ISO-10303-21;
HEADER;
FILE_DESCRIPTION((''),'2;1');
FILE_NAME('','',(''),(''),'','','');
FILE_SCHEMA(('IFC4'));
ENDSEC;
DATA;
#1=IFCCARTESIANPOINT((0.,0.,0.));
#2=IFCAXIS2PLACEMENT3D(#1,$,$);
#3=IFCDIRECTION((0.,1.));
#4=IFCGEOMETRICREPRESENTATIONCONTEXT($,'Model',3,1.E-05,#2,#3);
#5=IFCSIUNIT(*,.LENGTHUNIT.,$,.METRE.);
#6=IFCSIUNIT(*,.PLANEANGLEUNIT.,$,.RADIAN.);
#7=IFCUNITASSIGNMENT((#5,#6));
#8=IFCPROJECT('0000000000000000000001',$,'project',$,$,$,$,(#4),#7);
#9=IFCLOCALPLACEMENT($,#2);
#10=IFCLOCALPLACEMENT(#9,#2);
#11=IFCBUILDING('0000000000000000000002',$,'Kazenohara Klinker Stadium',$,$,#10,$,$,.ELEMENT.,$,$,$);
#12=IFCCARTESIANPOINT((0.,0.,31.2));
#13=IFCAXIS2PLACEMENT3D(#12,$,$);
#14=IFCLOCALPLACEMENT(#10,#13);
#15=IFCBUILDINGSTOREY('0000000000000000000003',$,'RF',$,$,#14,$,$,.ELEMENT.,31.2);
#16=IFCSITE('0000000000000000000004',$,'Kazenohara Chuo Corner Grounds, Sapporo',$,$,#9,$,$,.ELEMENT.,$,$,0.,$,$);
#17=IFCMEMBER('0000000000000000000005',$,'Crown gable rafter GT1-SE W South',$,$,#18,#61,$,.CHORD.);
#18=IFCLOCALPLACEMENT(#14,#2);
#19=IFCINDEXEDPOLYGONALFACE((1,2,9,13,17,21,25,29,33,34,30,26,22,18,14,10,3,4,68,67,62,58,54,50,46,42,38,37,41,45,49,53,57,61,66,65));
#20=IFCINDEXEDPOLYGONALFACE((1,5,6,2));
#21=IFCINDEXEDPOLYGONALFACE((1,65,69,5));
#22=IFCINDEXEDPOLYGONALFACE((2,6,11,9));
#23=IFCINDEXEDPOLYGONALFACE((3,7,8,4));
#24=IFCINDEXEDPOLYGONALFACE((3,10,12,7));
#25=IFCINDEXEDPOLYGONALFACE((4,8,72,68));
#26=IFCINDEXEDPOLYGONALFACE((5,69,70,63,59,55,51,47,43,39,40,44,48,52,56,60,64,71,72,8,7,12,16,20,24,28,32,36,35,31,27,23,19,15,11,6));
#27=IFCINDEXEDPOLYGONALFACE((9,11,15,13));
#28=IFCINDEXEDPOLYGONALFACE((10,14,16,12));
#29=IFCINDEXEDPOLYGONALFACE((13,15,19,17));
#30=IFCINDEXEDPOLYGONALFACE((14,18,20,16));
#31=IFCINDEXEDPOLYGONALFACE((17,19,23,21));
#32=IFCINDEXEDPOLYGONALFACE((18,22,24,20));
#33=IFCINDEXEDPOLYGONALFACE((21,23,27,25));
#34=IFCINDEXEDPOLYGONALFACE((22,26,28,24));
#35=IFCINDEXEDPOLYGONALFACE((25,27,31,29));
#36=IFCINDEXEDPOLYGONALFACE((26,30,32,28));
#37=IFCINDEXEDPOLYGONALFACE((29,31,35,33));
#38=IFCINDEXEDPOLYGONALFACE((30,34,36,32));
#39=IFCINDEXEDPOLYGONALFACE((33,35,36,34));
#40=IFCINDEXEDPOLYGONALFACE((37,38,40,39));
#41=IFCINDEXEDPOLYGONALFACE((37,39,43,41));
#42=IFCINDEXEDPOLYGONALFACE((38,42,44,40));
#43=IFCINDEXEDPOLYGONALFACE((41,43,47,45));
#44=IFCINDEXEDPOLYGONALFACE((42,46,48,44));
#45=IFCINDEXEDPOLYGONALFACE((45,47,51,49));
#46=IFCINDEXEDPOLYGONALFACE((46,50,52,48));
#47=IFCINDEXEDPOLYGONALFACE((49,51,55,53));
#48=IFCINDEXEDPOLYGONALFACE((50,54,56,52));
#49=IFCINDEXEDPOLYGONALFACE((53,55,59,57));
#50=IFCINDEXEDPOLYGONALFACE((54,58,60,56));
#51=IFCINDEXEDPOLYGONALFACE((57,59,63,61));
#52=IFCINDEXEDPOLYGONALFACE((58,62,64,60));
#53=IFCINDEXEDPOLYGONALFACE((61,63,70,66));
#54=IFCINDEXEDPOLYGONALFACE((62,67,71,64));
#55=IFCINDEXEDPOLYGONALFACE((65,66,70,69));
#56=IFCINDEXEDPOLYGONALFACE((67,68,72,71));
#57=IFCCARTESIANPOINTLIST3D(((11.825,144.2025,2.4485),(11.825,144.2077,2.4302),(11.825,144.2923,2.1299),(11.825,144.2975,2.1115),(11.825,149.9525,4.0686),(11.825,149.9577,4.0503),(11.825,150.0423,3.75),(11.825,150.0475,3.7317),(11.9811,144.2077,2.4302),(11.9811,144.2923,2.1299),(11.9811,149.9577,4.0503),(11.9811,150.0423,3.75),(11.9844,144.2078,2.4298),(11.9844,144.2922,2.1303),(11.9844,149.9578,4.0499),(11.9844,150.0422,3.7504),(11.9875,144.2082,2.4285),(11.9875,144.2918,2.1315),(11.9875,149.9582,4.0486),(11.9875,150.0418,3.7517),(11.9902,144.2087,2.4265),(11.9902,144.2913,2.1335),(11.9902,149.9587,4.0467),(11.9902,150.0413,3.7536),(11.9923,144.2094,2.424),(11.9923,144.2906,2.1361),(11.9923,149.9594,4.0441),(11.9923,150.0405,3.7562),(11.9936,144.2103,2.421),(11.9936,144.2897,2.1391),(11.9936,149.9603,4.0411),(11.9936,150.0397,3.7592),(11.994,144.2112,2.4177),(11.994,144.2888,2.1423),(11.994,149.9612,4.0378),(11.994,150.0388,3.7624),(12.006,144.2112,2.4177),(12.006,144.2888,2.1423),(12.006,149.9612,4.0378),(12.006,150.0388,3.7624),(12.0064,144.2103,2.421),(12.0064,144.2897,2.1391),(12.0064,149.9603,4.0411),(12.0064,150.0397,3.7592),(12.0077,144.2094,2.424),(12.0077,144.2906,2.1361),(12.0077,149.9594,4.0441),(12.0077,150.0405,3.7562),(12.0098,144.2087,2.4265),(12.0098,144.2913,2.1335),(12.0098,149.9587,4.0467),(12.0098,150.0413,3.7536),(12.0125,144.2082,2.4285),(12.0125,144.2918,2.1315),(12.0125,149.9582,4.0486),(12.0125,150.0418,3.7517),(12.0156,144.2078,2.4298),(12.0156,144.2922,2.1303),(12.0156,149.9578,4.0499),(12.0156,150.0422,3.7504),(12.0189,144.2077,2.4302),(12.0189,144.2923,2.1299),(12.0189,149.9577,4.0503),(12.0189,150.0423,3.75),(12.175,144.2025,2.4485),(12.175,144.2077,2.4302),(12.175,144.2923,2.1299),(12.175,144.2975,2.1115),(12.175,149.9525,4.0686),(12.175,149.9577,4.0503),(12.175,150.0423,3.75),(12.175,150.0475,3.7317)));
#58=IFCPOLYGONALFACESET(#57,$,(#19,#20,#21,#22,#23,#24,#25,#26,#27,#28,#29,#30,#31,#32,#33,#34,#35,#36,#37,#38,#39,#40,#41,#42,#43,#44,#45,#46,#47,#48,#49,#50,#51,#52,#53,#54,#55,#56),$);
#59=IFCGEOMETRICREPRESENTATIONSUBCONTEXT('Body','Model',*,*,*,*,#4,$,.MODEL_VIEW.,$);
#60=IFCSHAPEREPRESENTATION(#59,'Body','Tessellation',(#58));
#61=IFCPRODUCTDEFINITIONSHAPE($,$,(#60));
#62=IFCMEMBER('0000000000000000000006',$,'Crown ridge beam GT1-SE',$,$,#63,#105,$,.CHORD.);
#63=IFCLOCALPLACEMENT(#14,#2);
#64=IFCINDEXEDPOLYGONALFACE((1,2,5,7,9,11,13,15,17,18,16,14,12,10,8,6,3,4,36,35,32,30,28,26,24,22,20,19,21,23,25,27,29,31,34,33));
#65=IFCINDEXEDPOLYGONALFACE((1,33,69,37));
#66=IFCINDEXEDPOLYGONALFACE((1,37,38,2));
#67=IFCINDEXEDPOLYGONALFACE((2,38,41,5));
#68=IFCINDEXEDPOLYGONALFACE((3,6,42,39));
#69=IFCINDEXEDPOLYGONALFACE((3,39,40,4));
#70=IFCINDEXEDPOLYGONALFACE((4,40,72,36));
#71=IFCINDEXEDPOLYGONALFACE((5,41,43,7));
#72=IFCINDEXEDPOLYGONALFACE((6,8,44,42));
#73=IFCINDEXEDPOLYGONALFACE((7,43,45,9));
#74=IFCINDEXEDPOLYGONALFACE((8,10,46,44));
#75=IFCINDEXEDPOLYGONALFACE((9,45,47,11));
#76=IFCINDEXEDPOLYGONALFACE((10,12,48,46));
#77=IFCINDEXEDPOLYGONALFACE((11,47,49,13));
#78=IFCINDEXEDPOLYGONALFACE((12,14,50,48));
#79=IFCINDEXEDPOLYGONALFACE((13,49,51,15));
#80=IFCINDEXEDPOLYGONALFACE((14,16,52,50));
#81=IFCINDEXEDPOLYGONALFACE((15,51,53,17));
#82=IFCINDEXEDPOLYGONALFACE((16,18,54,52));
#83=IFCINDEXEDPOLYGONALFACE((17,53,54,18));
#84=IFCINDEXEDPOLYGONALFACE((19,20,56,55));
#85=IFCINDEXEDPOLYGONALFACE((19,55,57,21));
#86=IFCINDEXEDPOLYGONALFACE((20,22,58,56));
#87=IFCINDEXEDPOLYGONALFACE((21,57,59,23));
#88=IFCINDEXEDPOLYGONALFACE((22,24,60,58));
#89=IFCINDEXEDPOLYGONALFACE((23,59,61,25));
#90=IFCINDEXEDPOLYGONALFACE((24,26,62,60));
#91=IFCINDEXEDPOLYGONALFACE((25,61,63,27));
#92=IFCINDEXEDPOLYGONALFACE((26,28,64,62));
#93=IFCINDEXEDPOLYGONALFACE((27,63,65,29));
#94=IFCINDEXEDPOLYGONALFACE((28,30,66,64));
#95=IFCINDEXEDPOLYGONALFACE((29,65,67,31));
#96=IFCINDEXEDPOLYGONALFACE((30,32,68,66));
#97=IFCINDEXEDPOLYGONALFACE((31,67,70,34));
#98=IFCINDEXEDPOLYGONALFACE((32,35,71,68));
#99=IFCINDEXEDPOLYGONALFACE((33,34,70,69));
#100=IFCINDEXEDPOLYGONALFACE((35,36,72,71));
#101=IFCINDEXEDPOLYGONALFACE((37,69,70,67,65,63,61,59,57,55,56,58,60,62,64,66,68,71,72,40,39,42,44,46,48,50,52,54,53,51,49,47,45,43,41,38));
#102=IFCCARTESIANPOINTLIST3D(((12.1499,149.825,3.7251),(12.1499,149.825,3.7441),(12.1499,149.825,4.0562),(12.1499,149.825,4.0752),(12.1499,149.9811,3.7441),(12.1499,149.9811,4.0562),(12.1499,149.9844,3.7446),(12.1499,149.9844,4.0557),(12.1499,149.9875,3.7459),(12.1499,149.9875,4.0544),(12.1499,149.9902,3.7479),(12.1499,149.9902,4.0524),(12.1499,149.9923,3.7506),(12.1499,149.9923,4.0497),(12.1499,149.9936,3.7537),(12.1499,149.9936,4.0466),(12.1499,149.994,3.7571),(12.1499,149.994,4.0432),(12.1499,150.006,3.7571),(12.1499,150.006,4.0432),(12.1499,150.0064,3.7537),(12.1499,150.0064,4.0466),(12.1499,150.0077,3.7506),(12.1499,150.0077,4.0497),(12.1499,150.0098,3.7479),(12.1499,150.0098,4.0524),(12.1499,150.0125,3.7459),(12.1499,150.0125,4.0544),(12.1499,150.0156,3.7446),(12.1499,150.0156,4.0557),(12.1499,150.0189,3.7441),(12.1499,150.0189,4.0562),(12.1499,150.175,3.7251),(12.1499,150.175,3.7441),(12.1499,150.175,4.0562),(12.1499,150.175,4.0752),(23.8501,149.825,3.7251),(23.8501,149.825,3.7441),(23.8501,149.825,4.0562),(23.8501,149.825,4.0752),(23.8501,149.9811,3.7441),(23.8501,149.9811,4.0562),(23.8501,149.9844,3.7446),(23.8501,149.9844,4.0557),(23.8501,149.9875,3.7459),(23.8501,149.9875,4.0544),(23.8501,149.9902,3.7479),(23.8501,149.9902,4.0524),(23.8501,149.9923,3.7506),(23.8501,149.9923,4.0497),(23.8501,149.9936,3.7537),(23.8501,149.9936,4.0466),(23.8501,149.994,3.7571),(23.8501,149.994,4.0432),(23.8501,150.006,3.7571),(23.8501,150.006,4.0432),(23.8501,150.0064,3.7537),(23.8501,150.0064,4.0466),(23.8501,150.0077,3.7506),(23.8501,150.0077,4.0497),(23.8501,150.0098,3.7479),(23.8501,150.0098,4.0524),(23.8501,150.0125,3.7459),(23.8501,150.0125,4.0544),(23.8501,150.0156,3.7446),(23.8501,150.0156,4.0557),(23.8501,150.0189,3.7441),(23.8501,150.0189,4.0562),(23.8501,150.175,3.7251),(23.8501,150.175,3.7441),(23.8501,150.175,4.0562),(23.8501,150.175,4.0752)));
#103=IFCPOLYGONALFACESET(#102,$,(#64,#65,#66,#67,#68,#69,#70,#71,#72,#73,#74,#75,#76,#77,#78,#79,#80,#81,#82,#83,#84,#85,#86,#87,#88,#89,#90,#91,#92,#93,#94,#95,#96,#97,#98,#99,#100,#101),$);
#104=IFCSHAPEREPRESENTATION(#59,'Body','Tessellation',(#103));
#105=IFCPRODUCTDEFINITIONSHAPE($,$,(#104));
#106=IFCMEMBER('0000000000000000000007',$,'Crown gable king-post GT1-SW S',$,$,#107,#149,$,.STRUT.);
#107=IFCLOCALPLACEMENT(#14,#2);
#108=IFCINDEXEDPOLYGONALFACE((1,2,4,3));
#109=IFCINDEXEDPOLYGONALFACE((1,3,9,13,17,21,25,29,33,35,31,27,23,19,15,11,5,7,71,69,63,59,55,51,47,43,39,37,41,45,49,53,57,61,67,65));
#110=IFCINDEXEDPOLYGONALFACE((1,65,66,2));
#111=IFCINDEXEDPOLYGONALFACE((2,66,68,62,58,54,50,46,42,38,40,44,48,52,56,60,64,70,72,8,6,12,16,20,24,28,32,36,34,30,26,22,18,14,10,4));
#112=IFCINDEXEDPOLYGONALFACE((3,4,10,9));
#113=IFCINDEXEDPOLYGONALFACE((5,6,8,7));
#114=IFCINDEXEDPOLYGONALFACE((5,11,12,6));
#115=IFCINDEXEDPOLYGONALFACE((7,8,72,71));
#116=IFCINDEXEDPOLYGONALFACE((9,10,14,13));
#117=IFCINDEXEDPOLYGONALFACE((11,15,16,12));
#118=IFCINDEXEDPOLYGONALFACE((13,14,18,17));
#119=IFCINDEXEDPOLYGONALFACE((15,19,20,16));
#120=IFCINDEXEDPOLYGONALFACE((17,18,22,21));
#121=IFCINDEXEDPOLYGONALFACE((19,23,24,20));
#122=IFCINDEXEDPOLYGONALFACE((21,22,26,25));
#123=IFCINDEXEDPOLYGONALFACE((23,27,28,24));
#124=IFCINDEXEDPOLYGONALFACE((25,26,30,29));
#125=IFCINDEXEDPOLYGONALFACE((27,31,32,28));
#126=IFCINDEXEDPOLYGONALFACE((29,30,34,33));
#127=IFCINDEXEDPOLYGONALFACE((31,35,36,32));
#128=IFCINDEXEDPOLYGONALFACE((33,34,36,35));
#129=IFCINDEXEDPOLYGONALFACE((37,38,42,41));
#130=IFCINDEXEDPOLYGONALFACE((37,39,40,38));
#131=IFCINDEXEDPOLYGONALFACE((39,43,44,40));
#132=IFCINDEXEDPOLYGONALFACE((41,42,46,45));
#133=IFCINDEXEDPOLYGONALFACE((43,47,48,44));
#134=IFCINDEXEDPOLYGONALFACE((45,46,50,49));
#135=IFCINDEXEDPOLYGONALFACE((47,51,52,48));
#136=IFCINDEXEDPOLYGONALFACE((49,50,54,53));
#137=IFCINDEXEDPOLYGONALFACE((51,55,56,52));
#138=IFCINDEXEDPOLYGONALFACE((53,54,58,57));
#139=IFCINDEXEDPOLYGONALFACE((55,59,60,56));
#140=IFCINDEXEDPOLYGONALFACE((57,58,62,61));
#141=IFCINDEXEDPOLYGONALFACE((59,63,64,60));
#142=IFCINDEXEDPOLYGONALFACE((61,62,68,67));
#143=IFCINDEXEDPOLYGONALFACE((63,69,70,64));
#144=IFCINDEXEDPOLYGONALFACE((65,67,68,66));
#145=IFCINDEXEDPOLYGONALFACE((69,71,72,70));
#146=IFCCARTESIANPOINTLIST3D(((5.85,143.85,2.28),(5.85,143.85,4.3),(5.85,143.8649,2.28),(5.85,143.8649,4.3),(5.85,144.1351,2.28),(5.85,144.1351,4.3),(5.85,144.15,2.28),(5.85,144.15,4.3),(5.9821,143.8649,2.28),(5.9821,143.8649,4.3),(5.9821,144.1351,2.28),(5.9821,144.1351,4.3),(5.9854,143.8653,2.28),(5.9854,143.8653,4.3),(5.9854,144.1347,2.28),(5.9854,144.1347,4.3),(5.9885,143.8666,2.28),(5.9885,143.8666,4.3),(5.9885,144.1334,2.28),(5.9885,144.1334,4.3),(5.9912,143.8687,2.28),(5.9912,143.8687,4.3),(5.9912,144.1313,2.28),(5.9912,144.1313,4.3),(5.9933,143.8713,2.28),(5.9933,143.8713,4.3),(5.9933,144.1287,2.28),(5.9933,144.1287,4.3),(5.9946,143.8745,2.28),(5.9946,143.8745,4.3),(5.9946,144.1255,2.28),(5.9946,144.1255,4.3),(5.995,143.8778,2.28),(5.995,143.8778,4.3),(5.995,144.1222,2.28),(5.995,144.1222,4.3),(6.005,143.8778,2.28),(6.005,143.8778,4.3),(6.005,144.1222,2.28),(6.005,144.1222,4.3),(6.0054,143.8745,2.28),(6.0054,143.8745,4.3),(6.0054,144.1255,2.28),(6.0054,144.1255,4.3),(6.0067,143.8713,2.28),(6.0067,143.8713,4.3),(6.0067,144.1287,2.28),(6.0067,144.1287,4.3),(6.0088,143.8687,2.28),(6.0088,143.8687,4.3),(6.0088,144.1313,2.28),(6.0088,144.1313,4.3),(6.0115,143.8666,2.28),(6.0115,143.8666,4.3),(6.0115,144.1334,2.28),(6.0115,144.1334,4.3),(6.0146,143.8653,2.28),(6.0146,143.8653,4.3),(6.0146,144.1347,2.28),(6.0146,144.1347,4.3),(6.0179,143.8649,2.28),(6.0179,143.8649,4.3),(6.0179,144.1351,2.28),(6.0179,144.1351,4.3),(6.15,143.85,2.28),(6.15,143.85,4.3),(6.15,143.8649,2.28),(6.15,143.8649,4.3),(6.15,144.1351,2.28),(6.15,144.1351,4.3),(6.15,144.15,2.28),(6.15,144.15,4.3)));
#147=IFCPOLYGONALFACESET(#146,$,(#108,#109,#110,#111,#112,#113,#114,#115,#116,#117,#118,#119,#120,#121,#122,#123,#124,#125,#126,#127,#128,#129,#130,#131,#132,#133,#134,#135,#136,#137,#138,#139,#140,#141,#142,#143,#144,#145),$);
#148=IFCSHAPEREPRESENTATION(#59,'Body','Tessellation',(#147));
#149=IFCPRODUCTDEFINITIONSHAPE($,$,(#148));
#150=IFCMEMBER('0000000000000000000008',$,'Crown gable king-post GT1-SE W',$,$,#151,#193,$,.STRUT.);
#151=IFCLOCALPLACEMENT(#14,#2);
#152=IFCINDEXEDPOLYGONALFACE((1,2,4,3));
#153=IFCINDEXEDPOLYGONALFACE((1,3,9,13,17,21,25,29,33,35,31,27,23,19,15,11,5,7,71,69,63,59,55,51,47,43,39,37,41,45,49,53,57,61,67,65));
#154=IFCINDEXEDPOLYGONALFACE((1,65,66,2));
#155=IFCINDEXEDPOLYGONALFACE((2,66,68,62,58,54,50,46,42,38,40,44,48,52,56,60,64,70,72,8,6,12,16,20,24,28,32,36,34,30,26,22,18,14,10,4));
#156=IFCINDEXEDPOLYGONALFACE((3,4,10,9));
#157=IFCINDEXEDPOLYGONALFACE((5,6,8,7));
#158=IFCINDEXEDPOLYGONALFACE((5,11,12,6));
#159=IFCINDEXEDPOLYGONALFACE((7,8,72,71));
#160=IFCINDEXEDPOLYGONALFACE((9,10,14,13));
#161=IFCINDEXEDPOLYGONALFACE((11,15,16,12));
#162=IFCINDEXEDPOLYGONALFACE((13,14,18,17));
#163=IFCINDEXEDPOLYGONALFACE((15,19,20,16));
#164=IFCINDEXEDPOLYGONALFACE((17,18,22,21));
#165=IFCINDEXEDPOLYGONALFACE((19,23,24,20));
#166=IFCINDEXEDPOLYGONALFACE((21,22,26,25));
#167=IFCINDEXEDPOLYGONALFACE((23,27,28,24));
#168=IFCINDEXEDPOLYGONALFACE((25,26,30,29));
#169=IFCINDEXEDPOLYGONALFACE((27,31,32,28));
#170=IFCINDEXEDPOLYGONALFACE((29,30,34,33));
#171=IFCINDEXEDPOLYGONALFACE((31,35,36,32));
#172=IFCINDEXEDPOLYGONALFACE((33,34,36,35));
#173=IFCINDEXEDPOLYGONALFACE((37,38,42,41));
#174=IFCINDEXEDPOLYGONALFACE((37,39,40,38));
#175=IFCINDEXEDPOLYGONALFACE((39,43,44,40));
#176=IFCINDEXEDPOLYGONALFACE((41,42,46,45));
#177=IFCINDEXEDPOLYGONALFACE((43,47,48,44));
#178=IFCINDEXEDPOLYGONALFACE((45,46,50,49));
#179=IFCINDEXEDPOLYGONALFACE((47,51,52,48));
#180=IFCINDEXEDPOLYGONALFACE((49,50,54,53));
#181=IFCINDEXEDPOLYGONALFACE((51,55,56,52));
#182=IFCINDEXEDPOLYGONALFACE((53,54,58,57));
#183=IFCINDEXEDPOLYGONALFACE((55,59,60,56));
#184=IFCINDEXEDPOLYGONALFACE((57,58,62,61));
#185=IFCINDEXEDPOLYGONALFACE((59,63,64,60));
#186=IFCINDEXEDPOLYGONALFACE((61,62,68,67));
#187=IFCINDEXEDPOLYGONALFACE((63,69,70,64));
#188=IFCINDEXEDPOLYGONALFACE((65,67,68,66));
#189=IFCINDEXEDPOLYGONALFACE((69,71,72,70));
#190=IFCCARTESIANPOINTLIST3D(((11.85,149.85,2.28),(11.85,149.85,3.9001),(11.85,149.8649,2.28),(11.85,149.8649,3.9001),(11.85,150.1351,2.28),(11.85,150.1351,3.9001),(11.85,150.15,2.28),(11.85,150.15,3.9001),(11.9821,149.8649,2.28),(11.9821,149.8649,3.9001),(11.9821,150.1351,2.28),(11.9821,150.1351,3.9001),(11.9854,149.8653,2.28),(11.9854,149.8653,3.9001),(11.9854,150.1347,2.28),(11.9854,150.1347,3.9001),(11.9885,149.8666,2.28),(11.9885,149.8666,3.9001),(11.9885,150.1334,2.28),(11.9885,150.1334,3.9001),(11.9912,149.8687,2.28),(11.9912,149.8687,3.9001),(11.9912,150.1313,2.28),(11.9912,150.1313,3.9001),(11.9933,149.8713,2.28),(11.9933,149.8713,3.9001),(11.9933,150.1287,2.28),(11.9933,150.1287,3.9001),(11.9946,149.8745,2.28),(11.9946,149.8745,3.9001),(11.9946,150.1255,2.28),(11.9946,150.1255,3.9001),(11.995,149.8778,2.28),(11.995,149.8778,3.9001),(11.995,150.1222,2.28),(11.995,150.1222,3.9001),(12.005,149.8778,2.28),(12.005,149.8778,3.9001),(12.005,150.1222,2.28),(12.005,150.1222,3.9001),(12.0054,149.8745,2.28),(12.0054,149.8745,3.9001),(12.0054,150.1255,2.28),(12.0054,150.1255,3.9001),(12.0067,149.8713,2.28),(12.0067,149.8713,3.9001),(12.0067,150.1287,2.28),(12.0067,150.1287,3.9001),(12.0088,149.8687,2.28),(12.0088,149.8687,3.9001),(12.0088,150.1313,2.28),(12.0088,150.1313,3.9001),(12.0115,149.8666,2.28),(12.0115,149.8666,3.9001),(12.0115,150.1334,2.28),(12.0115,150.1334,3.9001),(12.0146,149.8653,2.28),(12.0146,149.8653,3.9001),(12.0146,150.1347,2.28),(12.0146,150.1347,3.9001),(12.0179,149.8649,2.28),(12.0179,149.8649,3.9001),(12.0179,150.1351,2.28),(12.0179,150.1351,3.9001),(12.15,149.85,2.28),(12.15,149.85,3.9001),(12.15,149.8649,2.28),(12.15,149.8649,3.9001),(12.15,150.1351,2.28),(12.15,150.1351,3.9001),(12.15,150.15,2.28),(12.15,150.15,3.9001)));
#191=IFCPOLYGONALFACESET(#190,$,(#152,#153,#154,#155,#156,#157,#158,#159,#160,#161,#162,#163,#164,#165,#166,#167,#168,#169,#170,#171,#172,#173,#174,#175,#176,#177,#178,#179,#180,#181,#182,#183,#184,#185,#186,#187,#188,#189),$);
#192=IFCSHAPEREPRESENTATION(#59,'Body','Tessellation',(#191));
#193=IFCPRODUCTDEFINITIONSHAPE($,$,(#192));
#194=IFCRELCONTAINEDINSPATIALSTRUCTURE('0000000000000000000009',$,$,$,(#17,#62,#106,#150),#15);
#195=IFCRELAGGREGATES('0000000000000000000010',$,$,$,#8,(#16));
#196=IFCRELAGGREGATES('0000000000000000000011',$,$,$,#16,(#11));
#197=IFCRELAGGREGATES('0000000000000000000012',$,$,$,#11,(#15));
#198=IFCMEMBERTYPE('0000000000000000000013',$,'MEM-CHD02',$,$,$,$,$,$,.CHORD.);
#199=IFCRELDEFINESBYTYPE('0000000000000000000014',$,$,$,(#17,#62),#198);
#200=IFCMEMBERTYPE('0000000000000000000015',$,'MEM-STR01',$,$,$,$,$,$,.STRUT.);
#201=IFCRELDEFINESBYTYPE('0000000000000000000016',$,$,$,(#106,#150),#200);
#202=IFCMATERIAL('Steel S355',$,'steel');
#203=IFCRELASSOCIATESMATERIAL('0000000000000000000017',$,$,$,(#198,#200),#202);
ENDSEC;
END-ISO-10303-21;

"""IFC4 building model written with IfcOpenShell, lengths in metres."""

from ifc_helpers import new_model, si_unit, direction, frame, origin, origin_2d, place, context, subcontext, project, spatial, i_section, extrude, material, material_profile, profile_set, type_object, element, save


model = new_model("IFC4")

# Units and contexts
model_context = context("Model", 3, precision=1e-05, world=origin(), true_north=direction((0.0, 1.0)))
body_context = subcontext(model_context, "Body", "Model", "MODEL_VIEW")
ifc_project = project(units=[si_unit("LENGTHUNIT", "METRE"), si_unit("PLANEANGLEUNIT", "RADIAN")], contexts=[model_context])

# Site, building, storey
site_placement = place(None, origin())
site = spatial("IfcSite", under=ifc_project, at=site_placement, Name="Kazenohara Chuo Corner Grounds, Sapporo", CompositionType="ELEMENT", RefElevation=0.0)
building_placement = place(site_placement, origin())
building = spatial("IfcBuilding", under=site, at=building_placement, Name="Kazenohara Klinker Stadium", CompositionType="ELEMENT")
storey_placement = place(building_placement, frame((0.0, 0.0, 31.2)))
storey = spatial("IfcBuildingStorey", under=building, at=storey_placement, Name="RF", CompositionType="ELEMENT", Elevation=31.2)

# Members
ifc_material_1 = material(Name="Steel S355", Category="steel")
ifc_material_profile_1 = material_profile(ifc_material_1, i_section(OverallWidth=0.3501, OverallDepth=0.3501, WebThickness=0.012, FlangeThickness=0.019, FilletRadius=0.0129, at=origin_2d()), Name="H-350x350x12x19")
ifc_profile_set_1 = profile_set([ifc_material_profile_1], Name="Steel S355")
member_type_1 = type_object("IfcMemberType", Name="MEM-CHD02", PredefinedType="CHORD", material=ifc_profile_set_1)
member_1_placement = place(storey_placement, frame((12.0, 144.25, 2.28), z_axis=(0.0, 0.962523, 0.2712), x_axis=(-1.0, 0.0, 0.0)))
element("IfcMember", 1, at=member_1_placement, inside=storey, type_object=member_type_1, Name="Crown gable rafter GT1-SE W South", PredefinedType="CHORD", context=body_context, shape_type="SweptSolid", body=[
    extrude(i_section(OverallWidth=0.3501, OverallDepth=0.3501, WebThickness=0.012, FlangeThickness=0.019, FilletRadius=0.0129, at=origin_2d()), origin(), (0.0, 0.0, 1.0), 5.9739),
])
member_2_placement = place(storey_placement, frame((12.1499, 150.0, 3.9001), z_axis=(1.0, 0.0, 0.0), x_axis=(0.0, 1.0, 0.0)))
element("IfcMember", 2, at=member_2_placement, inside=storey, type_object=member_type_1, Name="Crown ridge beam GT1-SE", PredefinedType="CHORD", context=body_context, shape_type="SweptSolid", body=[
    extrude(i_section(OverallWidth=0.3501, OverallDepth=0.3501, WebThickness=0.012, FlangeThickness=0.019, FilletRadius=0.0129, at=origin_2d()), origin(), (0.0, 0.0, 1.0), 11.7002),
])
ifc_material_profile_2 = material_profile(ifc_material_1, i_section(OverallWidth=0.3, OverallDepth=0.3, WebThickness=0.01, FlangeThickness=0.0149, FilletRadius=0.0129, at=origin_2d()), Name="H-300x300x10x15")
ifc_profile_set_2 = profile_set([ifc_material_profile_2], Name="Steel S355")
member_type_2 = type_object("IfcMemberType", Name="MEM-STR01", PredefinedType="STRUT", material=ifc_profile_set_2)
member_3_placement = place(storey_placement, frame((6.0, 144.0, 2.28), z_axis=(0.0, 0.0, 1.0), x_axis=(1.0, 0.0, 0.0)))
element("IfcMember", 3, at=member_3_placement, inside=storey, type_object=member_type_2, Name="Crown gable king-post GT1-SW S", PredefinedType="STRUT", context=body_context, shape_type="SweptSolid", body=[
    extrude(i_section(OverallWidth=0.3, OverallDepth=0.3, WebThickness=0.01, FlangeThickness=0.0149, FilletRadius=0.0129, at=origin_2d()), origin(), (0.0, 0.0, 1.0), 2.02),
])
member_4_placement = place(storey_placement, frame((12.0, 150.0, 2.28), z_axis=(0.0, 0.0, 1.0), x_axis=(1.0, 0.0, 0.0)))
element("IfcMember", 4, at=member_4_placement, inside=storey, type_object=member_type_2, Name="Crown gable king-post GT1-SE W", PredefinedType="STRUT", context=body_context, shape_type="SweptSolid", body=[
    extrude(i_section(OverallWidth=0.3, OverallDepth=0.3, WebThickness=0.01, FlangeThickness=0.0149, FilletRadius=0.0129, at=origin_2d()), origin(), (0.0, 0.0, 1.0), 1.6201),
])

save(model, "model.ifc")
